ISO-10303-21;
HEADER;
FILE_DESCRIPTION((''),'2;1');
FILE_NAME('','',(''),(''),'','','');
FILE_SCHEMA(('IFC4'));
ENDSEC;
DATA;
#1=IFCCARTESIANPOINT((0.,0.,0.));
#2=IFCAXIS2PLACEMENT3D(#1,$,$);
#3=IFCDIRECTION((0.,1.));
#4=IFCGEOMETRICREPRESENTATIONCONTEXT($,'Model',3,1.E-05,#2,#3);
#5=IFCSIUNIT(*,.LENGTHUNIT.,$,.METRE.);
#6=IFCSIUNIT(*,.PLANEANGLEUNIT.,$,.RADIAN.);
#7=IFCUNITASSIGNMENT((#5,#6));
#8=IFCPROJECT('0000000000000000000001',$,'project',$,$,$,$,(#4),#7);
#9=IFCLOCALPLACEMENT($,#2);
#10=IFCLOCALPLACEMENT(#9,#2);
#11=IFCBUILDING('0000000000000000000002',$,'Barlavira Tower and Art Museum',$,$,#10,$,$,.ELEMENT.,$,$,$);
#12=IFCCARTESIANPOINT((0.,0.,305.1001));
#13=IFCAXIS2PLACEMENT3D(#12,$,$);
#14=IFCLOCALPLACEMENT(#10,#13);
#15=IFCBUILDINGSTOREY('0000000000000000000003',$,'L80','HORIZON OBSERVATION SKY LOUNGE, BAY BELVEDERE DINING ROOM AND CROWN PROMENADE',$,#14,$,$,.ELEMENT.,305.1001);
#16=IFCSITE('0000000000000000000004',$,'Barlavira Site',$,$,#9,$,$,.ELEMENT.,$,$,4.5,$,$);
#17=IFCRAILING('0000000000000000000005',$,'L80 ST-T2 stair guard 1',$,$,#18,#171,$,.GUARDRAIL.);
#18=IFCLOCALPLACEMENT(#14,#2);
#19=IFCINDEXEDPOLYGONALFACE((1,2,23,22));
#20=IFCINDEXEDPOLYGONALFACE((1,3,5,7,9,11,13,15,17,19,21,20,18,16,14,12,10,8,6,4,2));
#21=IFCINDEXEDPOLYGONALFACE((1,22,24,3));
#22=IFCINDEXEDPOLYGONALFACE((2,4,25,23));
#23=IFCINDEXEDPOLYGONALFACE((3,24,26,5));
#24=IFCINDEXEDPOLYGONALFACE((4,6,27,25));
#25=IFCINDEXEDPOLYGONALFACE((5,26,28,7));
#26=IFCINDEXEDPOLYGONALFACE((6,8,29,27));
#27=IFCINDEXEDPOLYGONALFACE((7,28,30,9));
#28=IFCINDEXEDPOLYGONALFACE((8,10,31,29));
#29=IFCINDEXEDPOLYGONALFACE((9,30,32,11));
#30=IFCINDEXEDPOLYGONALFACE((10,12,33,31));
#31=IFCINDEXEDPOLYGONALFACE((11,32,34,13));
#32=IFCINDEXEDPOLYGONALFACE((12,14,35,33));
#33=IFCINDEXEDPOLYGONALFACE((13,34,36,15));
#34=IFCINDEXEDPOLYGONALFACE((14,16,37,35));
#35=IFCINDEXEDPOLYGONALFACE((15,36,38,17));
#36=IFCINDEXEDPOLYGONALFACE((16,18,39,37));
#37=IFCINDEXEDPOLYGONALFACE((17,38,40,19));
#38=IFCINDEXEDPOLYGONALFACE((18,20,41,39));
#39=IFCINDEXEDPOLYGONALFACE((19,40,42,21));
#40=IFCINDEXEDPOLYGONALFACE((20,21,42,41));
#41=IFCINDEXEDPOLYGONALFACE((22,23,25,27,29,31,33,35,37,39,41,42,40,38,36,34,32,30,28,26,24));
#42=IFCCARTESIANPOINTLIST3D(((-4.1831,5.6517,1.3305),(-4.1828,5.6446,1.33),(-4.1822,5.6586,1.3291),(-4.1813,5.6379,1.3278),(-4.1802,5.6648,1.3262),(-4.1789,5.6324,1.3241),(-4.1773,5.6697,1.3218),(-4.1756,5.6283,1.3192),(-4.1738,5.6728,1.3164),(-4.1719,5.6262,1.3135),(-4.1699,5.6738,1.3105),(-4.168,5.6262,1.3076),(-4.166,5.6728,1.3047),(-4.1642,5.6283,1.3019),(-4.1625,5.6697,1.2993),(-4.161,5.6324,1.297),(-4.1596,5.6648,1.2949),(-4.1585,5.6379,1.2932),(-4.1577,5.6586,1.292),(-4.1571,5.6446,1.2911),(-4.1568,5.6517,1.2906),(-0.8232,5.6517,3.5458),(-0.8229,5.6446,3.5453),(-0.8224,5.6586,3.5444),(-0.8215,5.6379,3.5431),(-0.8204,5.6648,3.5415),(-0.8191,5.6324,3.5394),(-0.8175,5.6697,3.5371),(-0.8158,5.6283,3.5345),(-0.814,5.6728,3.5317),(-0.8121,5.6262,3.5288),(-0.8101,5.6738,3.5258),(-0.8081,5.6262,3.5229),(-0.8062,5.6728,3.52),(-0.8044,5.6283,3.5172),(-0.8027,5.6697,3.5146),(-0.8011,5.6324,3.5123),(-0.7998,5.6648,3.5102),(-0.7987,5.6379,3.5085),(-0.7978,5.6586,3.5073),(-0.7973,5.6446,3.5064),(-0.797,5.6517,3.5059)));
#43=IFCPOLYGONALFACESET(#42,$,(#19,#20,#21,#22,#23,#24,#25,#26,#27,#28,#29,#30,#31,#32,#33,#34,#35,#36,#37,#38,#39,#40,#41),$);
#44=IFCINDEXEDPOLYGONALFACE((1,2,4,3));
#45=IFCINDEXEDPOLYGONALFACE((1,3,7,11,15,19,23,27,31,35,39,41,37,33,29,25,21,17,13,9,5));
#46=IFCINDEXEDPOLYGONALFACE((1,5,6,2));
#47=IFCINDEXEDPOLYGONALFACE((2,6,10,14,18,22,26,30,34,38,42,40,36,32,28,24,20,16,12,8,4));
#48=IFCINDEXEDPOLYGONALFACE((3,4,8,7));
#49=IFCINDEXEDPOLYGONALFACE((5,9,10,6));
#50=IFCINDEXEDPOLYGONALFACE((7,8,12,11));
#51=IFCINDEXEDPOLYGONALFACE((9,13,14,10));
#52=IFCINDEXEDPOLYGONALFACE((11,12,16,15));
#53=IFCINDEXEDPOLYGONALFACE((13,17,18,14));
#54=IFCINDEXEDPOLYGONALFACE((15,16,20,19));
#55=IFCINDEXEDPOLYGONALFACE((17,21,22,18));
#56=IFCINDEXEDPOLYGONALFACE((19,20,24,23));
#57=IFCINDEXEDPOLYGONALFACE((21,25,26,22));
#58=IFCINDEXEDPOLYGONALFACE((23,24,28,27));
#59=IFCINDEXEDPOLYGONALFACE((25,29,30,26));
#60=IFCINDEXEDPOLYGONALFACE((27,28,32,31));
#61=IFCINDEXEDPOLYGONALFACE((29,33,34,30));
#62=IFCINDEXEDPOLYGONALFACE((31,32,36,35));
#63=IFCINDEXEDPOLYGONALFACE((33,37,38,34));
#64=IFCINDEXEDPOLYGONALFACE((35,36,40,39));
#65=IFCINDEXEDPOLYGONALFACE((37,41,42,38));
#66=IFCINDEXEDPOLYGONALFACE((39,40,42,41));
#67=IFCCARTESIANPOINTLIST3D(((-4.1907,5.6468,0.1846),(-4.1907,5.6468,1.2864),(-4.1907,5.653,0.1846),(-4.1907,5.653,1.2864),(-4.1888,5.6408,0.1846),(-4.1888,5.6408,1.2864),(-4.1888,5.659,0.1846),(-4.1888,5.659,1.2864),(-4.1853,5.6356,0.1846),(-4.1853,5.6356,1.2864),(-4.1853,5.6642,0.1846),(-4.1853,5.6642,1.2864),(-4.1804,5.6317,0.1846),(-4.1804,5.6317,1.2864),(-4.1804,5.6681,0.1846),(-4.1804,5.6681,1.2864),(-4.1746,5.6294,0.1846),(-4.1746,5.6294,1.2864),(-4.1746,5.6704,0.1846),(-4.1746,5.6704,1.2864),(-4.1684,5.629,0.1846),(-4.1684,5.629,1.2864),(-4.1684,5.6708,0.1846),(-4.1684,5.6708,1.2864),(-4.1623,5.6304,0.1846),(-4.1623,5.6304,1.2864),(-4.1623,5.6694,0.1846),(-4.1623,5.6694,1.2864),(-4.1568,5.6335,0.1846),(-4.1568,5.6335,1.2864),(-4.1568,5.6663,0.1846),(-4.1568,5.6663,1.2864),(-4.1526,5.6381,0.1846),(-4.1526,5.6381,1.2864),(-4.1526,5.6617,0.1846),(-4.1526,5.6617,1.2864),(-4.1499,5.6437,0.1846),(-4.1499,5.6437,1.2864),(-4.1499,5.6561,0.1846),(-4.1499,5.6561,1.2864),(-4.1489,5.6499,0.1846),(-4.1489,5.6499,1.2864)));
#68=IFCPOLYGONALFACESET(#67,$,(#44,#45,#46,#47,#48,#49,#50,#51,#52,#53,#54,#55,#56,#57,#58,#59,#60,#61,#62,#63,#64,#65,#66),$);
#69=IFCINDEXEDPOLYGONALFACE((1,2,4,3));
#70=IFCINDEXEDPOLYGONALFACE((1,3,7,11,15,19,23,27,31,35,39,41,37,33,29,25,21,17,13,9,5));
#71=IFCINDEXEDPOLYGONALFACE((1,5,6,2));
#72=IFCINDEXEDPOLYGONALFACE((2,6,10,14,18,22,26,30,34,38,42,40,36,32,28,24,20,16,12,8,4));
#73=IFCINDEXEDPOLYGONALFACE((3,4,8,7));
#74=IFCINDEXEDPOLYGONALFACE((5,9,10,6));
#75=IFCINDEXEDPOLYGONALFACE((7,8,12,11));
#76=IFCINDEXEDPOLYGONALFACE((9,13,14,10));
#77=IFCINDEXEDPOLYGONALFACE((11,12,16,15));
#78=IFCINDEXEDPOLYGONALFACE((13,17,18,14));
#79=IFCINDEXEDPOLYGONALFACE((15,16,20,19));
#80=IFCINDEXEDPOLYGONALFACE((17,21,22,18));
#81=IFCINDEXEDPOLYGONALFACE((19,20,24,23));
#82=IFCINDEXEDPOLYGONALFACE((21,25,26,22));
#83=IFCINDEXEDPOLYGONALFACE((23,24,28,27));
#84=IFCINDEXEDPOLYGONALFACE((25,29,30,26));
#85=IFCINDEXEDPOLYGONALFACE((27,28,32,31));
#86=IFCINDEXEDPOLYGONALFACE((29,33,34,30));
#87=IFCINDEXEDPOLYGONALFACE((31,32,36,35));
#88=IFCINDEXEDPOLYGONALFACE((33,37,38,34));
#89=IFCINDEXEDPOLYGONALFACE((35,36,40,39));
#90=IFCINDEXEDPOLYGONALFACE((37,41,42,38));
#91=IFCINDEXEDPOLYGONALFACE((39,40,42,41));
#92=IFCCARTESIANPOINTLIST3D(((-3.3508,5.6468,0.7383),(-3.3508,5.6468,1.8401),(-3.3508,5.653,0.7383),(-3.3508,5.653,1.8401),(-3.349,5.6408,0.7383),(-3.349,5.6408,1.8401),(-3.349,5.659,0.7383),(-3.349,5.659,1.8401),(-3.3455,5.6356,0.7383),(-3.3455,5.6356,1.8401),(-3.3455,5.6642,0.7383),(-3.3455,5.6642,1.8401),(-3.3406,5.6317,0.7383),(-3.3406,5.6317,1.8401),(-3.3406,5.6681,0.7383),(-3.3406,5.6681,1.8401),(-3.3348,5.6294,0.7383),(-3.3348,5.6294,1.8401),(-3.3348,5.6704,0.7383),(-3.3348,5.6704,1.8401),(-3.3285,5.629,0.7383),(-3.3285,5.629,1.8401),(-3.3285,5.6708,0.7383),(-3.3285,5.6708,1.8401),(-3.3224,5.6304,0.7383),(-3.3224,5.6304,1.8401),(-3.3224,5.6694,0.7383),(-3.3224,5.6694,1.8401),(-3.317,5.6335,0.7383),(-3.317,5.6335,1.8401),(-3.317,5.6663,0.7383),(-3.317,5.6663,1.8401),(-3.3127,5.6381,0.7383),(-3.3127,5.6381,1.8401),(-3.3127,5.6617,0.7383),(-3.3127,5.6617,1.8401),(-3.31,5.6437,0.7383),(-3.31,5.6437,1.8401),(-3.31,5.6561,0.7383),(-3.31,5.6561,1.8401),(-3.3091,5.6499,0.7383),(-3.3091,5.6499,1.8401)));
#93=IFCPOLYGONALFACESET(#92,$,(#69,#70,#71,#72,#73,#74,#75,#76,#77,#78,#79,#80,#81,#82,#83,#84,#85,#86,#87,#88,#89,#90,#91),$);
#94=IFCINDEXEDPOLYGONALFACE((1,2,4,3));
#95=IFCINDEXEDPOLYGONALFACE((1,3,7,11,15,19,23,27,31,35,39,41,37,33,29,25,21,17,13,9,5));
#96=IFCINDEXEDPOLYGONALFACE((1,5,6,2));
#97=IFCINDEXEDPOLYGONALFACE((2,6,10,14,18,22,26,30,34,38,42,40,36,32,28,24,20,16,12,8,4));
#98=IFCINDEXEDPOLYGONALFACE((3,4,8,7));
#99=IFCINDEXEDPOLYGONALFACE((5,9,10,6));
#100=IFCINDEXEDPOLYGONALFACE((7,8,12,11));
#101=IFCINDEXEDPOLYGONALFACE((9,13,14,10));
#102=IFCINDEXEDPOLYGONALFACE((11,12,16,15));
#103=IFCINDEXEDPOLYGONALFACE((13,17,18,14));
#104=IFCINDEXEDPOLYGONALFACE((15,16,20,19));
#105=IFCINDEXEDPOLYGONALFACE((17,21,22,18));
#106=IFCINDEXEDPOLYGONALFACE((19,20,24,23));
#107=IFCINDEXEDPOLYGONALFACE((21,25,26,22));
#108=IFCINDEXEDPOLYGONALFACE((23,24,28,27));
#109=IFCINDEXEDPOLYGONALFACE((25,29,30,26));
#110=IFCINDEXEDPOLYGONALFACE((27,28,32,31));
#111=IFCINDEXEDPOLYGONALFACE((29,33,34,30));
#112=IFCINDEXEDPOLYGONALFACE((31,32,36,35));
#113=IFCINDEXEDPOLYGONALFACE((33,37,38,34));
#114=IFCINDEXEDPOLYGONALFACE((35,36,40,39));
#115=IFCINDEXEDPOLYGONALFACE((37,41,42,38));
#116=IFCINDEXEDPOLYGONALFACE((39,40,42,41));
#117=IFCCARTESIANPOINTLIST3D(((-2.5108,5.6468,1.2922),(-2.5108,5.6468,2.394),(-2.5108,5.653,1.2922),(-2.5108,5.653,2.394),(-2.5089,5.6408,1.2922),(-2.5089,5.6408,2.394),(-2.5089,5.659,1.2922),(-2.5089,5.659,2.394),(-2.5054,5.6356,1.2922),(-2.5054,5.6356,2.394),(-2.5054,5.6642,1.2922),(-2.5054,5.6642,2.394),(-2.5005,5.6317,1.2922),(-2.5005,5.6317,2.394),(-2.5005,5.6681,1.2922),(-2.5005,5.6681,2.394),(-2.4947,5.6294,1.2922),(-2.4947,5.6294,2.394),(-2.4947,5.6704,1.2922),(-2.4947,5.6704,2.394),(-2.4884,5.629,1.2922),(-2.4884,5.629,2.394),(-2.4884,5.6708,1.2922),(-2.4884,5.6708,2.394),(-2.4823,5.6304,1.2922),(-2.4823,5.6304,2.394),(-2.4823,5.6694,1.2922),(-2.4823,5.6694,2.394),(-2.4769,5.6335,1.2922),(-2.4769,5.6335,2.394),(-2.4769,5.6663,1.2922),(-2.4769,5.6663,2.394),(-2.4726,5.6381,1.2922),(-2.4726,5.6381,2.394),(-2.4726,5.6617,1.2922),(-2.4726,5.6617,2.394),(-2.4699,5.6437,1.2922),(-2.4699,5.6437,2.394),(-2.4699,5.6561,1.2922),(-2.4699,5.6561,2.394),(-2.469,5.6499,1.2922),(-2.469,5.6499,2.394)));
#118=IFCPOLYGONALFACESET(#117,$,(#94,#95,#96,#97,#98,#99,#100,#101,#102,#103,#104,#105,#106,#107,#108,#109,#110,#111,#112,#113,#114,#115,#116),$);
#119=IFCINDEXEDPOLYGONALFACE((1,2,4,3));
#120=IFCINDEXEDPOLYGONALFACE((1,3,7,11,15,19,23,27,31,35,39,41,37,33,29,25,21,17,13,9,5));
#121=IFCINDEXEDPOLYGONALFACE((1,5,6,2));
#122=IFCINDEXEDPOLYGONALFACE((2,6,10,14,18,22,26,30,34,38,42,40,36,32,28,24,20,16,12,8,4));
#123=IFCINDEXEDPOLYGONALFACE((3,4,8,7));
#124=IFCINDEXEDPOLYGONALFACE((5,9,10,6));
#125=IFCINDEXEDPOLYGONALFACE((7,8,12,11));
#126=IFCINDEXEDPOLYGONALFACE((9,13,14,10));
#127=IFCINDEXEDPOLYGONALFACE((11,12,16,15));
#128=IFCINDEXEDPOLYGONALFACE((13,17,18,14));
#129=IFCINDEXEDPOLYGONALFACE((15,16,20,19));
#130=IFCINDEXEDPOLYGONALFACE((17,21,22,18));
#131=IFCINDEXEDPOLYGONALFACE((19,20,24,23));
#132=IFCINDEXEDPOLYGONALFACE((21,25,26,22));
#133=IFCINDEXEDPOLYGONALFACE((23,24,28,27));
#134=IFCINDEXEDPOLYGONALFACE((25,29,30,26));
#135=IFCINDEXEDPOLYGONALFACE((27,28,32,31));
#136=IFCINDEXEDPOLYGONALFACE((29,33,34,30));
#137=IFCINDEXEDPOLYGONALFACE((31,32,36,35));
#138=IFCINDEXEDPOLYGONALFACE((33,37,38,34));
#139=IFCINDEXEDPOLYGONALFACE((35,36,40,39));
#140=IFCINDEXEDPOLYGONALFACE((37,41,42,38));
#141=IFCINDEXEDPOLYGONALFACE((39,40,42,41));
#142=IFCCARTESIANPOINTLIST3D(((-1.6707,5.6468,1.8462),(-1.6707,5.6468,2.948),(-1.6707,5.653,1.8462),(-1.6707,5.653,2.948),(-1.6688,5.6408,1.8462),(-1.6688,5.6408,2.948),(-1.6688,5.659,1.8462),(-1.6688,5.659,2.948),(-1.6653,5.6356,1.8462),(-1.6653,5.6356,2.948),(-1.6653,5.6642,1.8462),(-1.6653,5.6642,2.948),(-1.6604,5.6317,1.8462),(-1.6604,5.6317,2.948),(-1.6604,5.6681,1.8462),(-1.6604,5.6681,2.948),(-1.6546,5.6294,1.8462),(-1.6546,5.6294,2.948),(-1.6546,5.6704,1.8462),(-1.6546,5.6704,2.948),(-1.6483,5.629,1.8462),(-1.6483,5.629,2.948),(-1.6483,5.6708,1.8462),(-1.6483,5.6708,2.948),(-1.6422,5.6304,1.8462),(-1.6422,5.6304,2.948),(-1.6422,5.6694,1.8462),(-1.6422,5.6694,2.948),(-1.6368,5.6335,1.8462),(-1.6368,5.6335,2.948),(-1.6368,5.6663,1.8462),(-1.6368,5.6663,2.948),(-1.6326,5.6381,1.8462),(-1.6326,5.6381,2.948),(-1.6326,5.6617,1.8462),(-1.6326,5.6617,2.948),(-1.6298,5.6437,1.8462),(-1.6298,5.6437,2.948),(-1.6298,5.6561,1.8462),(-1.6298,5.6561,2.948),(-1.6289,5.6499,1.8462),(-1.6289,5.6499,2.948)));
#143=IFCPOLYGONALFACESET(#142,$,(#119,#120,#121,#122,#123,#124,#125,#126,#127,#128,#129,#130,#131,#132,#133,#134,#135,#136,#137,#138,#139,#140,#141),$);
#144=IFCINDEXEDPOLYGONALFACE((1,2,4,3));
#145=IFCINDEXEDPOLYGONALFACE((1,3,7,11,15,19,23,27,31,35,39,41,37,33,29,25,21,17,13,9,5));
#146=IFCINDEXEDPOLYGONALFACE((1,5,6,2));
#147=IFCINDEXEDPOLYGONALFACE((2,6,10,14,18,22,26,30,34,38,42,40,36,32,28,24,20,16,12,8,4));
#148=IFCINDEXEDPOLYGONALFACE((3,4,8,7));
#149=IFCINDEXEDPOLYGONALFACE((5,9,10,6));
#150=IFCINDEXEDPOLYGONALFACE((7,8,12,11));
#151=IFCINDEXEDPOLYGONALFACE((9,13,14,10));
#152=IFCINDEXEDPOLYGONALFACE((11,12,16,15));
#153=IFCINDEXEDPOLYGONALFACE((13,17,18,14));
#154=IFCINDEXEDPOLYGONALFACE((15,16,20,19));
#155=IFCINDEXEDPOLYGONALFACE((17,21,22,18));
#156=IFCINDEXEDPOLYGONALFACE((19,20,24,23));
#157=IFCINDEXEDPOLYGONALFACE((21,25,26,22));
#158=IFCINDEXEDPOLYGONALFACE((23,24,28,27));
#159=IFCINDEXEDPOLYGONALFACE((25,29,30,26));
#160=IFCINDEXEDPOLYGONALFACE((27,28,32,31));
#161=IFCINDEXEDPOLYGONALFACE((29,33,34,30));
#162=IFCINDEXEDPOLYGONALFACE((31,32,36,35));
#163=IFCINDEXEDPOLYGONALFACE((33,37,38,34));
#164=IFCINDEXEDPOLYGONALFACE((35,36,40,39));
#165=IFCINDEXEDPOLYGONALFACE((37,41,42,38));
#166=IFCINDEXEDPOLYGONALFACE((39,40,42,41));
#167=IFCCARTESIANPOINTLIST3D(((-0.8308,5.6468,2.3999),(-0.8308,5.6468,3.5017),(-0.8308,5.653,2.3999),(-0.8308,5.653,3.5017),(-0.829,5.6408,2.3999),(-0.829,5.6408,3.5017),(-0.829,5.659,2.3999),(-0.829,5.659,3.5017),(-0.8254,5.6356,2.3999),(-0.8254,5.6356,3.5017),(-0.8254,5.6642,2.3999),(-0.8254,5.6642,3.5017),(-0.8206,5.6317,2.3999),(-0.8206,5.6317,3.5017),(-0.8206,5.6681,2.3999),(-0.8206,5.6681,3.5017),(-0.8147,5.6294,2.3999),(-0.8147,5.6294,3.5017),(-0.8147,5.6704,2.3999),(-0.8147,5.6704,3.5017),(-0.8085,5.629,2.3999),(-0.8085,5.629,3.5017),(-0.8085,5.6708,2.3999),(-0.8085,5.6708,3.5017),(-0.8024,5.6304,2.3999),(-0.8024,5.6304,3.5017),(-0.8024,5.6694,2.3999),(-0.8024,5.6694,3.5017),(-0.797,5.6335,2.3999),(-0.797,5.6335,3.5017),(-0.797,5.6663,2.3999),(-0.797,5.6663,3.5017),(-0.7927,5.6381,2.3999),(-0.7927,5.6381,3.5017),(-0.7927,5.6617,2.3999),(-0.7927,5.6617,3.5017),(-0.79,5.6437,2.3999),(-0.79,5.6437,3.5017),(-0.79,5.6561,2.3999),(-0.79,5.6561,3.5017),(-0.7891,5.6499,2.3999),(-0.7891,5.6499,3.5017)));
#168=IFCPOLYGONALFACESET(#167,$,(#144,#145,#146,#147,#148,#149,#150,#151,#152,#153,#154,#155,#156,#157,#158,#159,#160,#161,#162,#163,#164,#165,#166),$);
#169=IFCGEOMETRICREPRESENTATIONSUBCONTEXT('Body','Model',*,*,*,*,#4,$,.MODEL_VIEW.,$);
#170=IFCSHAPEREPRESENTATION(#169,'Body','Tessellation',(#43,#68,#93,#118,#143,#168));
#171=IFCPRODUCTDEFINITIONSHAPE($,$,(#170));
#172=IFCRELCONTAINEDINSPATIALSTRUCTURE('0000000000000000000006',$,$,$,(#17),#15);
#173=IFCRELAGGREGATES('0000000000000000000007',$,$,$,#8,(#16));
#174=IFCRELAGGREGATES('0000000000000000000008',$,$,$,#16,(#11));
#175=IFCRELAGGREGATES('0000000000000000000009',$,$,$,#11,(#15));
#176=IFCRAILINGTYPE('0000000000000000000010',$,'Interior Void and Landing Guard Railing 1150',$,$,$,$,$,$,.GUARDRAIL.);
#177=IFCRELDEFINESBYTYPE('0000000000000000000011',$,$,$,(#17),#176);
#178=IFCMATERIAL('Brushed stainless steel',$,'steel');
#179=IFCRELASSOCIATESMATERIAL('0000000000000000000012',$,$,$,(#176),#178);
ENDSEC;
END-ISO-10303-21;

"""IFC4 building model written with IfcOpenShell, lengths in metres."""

from ifc_helpers import new_model, si_unit, direction, frame, origin, origin_2d, place, context, subcontext, project, spatial, circle, extrude, material, type_object, element, save


model = new_model("IFC4")

# Units and contexts
model_context = context("Model", 3, precision=1e-05, world=origin(), true_north=direction((0.0, 1.0)))
body_context = subcontext(model_context, "Body", "Model", "MODEL_VIEW")
ifc_project = project(units=[si_unit("LENGTHUNIT", "METRE"), si_unit("PLANEANGLEUNIT", "RADIAN")], contexts=[model_context])

# Site, building, storey
site_placement = place(None, origin())
site = spatial("IfcSite", under=ifc_project, at=site_placement, Name="Barlavira Site", CompositionType="ELEMENT", RefElevation=4.5)
building_placement = place(site_placement, origin())
building = spatial("IfcBuilding", under=site, at=building_placement, Name="Barlavira Tower and Art Museum", CompositionType="ELEMENT")
storey_placement = place(building_placement, frame((0.0, 0.0, 305.1001)))
storey = spatial("IfcBuildingStorey", under=building, at=storey_placement, Name="L80", Description="HORIZON OBSERVATION SKY LOUNGE, BAY BELVEDERE DINING ROOM AND CROWN PROMENADE", CompositionType="ELEMENT", Elevation=305.1001)

# Shared definitions
ifc_material_1 = material(Name="Brushed stainless steel", Category="steel")

# Railing
railing_type_1 = type_object("IfcRailingType", Name="Interior Void and Landing Guard Railing 1150", PredefinedType="GUARDRAIL", material=ifc_material_1)
railing_1_placement = place(storey_placement, frame((-4.1699, 5.6499, 0.1846)))
element("IfcRailing", 1, at=railing_1_placement, inside=storey, type_object=railing_type_1, Name="L80 ST-T2 stair guard 1", PredefinedType="GUARDRAIL", context=body_context, shape_type="SweptSolid", body=[
    extrude(circle(Radius=0.0239, at=origin_2d()), frame((0.0, 0.0, 1.126), z_axis=(0.834858, 0.0, 0.550465), x_axis=(0.0, 1.0, 0.0)), (0.0, 0.0, 1.0), 4.0244),
    extrude(circle(Radius=0.021, at=origin_2d()), origin(), (0.0, 0.0, 1.0), 1.1018),
    extrude(circle(Radius=0.021, at=origin_2d()), frame((0.8398, 0.0, 0.5537)), (0.0, 0.0, 1.0), 1.1018),
    extrude(circle(Radius=0.021, at=origin_2d()), frame((1.6799, 0.0, 1.1077)), (0.0, 0.0, 1.0), 1.1018),
    extrude(circle(Radius=0.021, at=origin_2d()), frame((2.52, 0.0, 1.6616)), (0.0, 0.0, 1.0), 1.1018),
    extrude(circle(Radius=0.021, at=origin_2d()), frame((3.3599, 0.0, 2.2153)), (0.0, 0.0, 1.0), 1.1018),
])

save(model, "model.ifc")
